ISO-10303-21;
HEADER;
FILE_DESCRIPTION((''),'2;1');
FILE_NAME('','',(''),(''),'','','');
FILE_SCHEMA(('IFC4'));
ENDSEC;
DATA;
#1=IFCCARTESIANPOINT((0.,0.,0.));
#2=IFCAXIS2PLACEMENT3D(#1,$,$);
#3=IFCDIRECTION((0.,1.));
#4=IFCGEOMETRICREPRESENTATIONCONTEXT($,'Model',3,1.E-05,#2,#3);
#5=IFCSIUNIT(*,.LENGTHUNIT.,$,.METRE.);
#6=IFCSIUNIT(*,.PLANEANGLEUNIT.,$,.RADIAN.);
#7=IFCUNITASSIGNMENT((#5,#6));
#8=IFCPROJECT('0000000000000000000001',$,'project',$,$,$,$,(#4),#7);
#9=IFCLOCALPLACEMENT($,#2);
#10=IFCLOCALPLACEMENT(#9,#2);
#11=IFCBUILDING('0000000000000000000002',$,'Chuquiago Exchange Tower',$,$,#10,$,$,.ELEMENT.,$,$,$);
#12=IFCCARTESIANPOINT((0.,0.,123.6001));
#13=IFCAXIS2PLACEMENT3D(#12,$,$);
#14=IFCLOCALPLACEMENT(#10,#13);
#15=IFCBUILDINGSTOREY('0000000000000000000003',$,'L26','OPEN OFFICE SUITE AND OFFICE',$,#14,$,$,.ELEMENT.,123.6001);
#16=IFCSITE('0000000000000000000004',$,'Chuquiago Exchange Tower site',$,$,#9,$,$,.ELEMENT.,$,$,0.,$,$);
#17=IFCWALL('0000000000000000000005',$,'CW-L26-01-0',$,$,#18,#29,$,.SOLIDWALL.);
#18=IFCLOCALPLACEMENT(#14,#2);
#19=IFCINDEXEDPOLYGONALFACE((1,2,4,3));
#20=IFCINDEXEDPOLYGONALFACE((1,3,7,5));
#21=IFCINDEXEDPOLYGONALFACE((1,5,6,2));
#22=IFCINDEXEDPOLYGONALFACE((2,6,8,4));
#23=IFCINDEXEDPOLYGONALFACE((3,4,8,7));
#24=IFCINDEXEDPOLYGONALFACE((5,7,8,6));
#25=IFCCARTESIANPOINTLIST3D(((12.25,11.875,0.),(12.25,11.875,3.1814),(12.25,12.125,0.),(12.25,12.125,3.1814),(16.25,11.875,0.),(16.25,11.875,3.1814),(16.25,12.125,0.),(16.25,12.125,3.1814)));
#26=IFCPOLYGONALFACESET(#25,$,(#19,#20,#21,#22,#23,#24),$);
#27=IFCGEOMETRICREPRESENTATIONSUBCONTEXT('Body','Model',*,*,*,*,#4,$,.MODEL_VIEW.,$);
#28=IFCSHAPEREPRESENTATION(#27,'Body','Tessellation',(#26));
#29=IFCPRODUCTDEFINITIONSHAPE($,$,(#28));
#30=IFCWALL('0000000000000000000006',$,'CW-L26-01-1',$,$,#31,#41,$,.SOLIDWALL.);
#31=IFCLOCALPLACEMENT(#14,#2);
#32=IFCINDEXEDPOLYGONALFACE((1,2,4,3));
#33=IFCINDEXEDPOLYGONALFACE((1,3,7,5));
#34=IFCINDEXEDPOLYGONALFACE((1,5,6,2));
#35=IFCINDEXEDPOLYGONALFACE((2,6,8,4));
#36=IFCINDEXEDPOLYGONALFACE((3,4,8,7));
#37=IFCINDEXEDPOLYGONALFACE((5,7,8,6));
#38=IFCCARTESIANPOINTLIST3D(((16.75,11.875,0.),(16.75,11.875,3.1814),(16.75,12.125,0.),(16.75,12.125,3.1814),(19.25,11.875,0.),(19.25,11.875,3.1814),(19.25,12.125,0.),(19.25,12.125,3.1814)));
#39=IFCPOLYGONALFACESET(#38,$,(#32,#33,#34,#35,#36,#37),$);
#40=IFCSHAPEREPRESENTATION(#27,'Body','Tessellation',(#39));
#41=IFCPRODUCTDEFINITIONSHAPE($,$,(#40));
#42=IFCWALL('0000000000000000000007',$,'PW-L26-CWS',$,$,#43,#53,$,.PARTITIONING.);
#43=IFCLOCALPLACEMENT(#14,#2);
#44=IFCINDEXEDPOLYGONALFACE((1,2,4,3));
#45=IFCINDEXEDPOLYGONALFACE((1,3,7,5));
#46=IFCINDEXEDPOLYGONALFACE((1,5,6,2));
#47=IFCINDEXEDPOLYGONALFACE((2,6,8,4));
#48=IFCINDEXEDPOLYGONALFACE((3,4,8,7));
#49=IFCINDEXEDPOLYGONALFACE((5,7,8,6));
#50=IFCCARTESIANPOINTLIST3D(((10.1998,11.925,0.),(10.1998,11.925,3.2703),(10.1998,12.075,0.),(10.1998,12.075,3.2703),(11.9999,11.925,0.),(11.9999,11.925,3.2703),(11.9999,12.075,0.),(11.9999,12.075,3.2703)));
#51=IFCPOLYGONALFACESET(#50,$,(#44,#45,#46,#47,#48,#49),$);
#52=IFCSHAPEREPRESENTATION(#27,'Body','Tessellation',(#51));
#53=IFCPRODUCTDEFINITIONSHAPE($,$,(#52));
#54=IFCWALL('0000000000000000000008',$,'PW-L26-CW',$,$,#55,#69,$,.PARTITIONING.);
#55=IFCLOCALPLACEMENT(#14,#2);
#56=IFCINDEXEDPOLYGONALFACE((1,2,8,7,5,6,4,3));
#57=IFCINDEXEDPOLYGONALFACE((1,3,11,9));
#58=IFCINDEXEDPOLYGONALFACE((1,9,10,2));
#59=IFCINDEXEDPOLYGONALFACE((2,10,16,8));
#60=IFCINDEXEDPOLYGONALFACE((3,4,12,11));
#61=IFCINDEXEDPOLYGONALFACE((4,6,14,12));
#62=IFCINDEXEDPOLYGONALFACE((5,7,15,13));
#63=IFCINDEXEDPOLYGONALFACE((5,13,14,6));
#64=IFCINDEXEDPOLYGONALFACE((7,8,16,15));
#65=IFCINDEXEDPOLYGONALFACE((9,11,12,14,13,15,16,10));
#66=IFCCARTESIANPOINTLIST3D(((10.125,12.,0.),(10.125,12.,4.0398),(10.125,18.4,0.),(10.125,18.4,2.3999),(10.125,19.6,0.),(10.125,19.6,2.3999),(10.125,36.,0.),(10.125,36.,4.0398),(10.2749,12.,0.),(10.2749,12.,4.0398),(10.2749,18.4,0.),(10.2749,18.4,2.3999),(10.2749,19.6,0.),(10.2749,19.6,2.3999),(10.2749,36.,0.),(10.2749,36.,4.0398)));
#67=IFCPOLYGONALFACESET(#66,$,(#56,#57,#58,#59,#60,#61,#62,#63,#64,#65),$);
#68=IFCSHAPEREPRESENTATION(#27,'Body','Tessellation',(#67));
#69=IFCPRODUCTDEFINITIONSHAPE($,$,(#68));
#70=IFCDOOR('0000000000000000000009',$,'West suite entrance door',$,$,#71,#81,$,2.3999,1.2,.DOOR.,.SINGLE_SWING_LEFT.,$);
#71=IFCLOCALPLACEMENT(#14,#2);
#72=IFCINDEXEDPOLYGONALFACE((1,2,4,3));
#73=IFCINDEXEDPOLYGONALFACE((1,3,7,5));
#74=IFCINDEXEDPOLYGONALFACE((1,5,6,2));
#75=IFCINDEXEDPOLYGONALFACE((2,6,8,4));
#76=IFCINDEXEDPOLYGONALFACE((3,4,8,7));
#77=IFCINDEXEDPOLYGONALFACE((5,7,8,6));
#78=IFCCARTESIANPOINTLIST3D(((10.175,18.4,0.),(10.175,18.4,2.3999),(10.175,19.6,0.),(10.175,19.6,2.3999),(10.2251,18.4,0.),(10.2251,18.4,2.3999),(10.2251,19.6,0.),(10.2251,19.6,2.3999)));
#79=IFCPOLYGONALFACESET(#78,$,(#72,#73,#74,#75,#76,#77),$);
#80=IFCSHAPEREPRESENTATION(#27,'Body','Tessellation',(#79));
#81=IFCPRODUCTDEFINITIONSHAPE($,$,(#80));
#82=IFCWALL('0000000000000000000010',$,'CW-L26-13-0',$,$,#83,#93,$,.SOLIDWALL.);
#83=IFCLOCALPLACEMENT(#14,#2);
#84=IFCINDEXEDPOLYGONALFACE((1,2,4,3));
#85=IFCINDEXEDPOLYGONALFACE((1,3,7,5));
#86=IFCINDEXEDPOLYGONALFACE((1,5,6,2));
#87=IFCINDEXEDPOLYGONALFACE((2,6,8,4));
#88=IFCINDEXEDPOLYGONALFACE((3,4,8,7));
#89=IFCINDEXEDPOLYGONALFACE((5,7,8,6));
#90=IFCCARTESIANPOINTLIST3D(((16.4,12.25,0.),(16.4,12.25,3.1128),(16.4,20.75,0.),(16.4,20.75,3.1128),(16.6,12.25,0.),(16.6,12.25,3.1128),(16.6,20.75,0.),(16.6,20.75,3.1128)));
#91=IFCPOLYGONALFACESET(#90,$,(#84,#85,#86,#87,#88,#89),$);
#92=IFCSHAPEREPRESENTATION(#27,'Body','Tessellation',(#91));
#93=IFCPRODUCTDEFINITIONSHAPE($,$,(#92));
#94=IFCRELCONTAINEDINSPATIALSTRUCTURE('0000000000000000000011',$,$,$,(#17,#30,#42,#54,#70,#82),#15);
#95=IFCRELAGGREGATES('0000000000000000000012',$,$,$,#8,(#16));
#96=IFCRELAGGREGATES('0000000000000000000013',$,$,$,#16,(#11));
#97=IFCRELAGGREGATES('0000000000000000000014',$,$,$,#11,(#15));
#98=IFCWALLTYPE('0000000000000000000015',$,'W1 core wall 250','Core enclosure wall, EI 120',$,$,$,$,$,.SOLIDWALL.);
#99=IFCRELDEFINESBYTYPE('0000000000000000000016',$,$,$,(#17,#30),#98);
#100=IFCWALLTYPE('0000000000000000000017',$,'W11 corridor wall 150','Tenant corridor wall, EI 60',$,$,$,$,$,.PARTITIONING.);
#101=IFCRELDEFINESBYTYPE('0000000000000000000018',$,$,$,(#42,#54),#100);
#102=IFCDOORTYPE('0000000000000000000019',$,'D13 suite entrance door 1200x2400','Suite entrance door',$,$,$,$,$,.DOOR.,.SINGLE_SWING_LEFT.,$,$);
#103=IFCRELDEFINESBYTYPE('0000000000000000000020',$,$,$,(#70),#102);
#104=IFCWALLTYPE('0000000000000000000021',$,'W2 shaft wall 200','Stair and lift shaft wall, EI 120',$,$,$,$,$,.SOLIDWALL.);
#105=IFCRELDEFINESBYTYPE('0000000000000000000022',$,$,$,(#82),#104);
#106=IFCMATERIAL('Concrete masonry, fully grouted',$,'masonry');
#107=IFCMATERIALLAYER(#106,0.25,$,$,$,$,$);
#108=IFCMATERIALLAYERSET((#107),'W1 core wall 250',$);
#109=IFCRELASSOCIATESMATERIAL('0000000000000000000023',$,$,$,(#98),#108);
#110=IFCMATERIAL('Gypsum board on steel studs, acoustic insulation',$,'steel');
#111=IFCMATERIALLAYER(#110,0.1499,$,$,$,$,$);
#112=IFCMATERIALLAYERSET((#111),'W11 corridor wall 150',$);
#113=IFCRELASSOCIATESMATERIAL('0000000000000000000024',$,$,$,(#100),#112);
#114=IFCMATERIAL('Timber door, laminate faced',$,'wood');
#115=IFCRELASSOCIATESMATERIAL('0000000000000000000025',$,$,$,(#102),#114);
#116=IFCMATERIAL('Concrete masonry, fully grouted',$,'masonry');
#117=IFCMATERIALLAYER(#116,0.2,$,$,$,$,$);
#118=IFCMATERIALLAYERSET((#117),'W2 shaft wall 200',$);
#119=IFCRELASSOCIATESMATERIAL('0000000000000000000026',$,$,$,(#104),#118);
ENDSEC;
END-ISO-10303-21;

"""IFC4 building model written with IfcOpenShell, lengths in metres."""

from ifc_helpers import new_model, si_unit, direction, frame, frame_2d, origin, place, context, subcontext, project, spatial, rectangle, extrude, material, layer, layer_set, type_object, element, fill, save


model = new_model("IFC4")

# Units and contexts
model_context = context("Model", 3, precision=1e-05, world=origin(), true_north=direction((0.0, 1.0)))
body_context = subcontext(model_context, "Body", "Model", "MODEL_VIEW")
ifc_project = project(units=[si_unit("LENGTHUNIT", "METRE"), si_unit("PLANEANGLEUNIT", "RADIAN")], contexts=[model_context])

# Site, building, storey
site_placement = place(None, origin())
site = spatial("IfcSite", under=ifc_project, at=site_placement, Name="Chuquiago Exchange Tower site", CompositionType="ELEMENT", RefElevation=0.0)
building_placement = place(site_placement, origin())
building = spatial("IfcBuilding", under=site, at=building_placement, Name="Chuquiago Exchange Tower", CompositionType="ELEMENT")
storey_placement = place(building_placement, frame((0.0, 0.0, 123.6001)))
storey = spatial("IfcBuildingStorey", under=building, at=storey_placement, Name="L26", Description="OPEN OFFICE SUITE AND OFFICE", CompositionType="ELEMENT", Elevation=123.6001)

# Shared definitions
ifc_material_1 = material(Name="Concrete masonry, fully grouted", Category="masonry")
ifc_layer_1 = layer(ifc_material_1, 0.25)
ifc_layer_set_1 = layer_set([ifc_layer_1], Name="W1 core wall 250")
wall_type_1 = type_object("IfcWallType", Name="W1 core wall 250", Description="Core enclosure wall, EI 120", PredefinedType="SOLIDWALL", material=ifc_layer_set_1)

# Walls
wall_1_placement = place(storey_placement, frame((12.25, 12.0, 0.0), z_axis=(0.0, 0.0, 1.0), x_axis=(1.0, 0.0, 0.0)))
element("IfcWall", 1, at=wall_1_placement, inside=storey, type_object=wall_type_1, Name="CW-L26-01-0", PredefinedType="SOLIDWALL", context=body_context, shape_type="SweptSolid", body=[
    extrude(rectangle(XDim=4.0, YDim=0.25, at=frame_2d((2.0, 0.0))), origin(), (0.0, 0.0, 1.0), 3.1814),
])
wall_2_placement = place(storey_placement, frame((16.75, 12.0, 0.0), z_axis=(0.0, 0.0, 1.0), x_axis=(1.0, 0.0, 0.0)))
element("IfcWall", 2, at=wall_2_placement, inside=storey, type_object=wall_type_1, Name="CW-L26-01-1", PredefinedType="SOLIDWALL", context=body_context, shape_type="SweptSolid", body=[
    extrude(rectangle(XDim=2.5, YDim=0.25, at=frame_2d((1.25, 0.0))), origin(), (0.0, 0.0, 1.0), 3.1814),
])
ifc_material_2 = material(Name="Gypsum board on steel studs, acoustic insulation", Category="steel")
ifc_layer_2 = layer(ifc_material_2, 0.1499)
ifc_layer_set_2 = layer_set([ifc_layer_2], Name="W11 corridor wall 150")
wall_type_2 = type_object("IfcWallType", Name="W11 corridor wall 150", Description="Tenant corridor wall, EI 60", PredefinedType="PARTITIONING", material=ifc_layer_set_2)
wall_3_placement = place(storey_placement, frame((10.2, 12.0, 0.0), z_axis=(0.0, 0.0, 1.0), x_axis=(1.0, 0.0, 0.0)))
element("IfcWall", 3, at=wall_3_placement, inside=storey, type_object=wall_type_2, Name="PW-L26-CWS", PredefinedType="PARTITIONING", context=body_context, shape_type="SweptSolid", body=[
    extrude(rectangle(XDim=1.8, YDim=0.1499, at=frame_2d((0.8999, 0.0))), origin(), (0.0, 0.0, 1.0), 3.2703),
])

# Wall, opening, door
wall_4_placement = place(storey_placement, frame((10.2, 12.0, 0.0), z_axis=(0.0, 0.0, 1.0), x_axis=(0.0, 1.0, 0.0)))
wall_4 = element("IfcWall", 4, at=wall_4_placement, inside=storey, type_object=wall_type_2, Name="PW-L26-CW", PredefinedType="PARTITIONING", context=body_context, shape_type="SweptSolid", body=[
    extrude(rectangle(XDim=24.0, YDim=0.1499, at=frame_2d((12.0, 0.0))), origin(), (0.0, 0.0, 1.0), 4.0398),
])
opening_1_placement = place(wall_4_placement, frame((6.3999, 0.0, 0.0)))
opening_1 = element("IfcOpeningElement", 5, at=opening_1_placement, cuts=wall_4, PredefinedType="OPENING", context=body_context, shape_type="SweptSolid", body=[
    extrude(rectangle(XDim=1.2, YDim=2.3999, at=frame_2d((0.6001, 1.2))), frame((0.0, 0.085, 0.0), z_axis=(0.0, -1.0, 0.0), x_axis=(1.0, 0.0, 0.0)), (0.0, 0.0, 1.0), 0.1699),
])
ifc_material_3 = material(Name="Timber door, laminate faced", Category="wood")
door_type_1 = type_object("IfcDoorType", Name="D13 suite entrance door 1200x2400", Description="Suite entrance door", OperationType="SINGLE_SWING_LEFT", PredefinedType="DOOR", material=ifc_material_3)
door_1_placement = place(opening_1_placement, origin())
door_1 = element("IfcDoor", 6, at=door_1_placement, inside=storey, type_object=door_type_1, Name="West suite entrance door", OperationType="SINGLE_SWING_LEFT", OverallHeight=2.3999, OverallWidth=1.2, PredefinedType="DOOR", context=body_context, shape_type="SweptSolid", body=[
    extrude(rectangle(XDim=1.2, YDim=2.3999, at=frame_2d((0.6001, 1.2))), frame((0.0, 0.0249, 0.0), z_axis=(0.0, -1.0, 0.0), x_axis=(1.0, 0.0, 0.0)), (0.0, 0.0, 1.0), 0.05),
])
fill(opening_1, door_1)

# Wall
ifc_material_4 = material(Name="Concrete masonry, fully grouted", Category="masonry")
ifc_layer_3 = layer(ifc_material_4, 0.2)
ifc_layer_set_3 = layer_set([ifc_layer_3], Name="W2 shaft wall 200")
wall_type_3 = type_object("IfcWallType", Name="W2 shaft wall 200", Description="Stair and lift shaft wall, EI 120", PredefinedType="SOLIDWALL", material=ifc_layer_set_3)
wall_5_placement = place(storey_placement, frame((16.5, 12.25, 0.0), z_axis=(0.0, 0.0, 1.0), x_axis=(0.0, 1.0, 0.0)))
element("IfcWall", 7, at=wall_5_placement, inside=storey, type_object=wall_type_3, Name="CW-L26-13-0", PredefinedType="SOLIDWALL", context=body_context, shape_type="SweptSolid", body=[
    extrude(rectangle(XDim=8.5, YDim=0.2, at=frame_2d((4.25, 0.0))), origin(), (0.0, 0.0, 1.0), 3.1128),
])

save(model, "model.ifc")
